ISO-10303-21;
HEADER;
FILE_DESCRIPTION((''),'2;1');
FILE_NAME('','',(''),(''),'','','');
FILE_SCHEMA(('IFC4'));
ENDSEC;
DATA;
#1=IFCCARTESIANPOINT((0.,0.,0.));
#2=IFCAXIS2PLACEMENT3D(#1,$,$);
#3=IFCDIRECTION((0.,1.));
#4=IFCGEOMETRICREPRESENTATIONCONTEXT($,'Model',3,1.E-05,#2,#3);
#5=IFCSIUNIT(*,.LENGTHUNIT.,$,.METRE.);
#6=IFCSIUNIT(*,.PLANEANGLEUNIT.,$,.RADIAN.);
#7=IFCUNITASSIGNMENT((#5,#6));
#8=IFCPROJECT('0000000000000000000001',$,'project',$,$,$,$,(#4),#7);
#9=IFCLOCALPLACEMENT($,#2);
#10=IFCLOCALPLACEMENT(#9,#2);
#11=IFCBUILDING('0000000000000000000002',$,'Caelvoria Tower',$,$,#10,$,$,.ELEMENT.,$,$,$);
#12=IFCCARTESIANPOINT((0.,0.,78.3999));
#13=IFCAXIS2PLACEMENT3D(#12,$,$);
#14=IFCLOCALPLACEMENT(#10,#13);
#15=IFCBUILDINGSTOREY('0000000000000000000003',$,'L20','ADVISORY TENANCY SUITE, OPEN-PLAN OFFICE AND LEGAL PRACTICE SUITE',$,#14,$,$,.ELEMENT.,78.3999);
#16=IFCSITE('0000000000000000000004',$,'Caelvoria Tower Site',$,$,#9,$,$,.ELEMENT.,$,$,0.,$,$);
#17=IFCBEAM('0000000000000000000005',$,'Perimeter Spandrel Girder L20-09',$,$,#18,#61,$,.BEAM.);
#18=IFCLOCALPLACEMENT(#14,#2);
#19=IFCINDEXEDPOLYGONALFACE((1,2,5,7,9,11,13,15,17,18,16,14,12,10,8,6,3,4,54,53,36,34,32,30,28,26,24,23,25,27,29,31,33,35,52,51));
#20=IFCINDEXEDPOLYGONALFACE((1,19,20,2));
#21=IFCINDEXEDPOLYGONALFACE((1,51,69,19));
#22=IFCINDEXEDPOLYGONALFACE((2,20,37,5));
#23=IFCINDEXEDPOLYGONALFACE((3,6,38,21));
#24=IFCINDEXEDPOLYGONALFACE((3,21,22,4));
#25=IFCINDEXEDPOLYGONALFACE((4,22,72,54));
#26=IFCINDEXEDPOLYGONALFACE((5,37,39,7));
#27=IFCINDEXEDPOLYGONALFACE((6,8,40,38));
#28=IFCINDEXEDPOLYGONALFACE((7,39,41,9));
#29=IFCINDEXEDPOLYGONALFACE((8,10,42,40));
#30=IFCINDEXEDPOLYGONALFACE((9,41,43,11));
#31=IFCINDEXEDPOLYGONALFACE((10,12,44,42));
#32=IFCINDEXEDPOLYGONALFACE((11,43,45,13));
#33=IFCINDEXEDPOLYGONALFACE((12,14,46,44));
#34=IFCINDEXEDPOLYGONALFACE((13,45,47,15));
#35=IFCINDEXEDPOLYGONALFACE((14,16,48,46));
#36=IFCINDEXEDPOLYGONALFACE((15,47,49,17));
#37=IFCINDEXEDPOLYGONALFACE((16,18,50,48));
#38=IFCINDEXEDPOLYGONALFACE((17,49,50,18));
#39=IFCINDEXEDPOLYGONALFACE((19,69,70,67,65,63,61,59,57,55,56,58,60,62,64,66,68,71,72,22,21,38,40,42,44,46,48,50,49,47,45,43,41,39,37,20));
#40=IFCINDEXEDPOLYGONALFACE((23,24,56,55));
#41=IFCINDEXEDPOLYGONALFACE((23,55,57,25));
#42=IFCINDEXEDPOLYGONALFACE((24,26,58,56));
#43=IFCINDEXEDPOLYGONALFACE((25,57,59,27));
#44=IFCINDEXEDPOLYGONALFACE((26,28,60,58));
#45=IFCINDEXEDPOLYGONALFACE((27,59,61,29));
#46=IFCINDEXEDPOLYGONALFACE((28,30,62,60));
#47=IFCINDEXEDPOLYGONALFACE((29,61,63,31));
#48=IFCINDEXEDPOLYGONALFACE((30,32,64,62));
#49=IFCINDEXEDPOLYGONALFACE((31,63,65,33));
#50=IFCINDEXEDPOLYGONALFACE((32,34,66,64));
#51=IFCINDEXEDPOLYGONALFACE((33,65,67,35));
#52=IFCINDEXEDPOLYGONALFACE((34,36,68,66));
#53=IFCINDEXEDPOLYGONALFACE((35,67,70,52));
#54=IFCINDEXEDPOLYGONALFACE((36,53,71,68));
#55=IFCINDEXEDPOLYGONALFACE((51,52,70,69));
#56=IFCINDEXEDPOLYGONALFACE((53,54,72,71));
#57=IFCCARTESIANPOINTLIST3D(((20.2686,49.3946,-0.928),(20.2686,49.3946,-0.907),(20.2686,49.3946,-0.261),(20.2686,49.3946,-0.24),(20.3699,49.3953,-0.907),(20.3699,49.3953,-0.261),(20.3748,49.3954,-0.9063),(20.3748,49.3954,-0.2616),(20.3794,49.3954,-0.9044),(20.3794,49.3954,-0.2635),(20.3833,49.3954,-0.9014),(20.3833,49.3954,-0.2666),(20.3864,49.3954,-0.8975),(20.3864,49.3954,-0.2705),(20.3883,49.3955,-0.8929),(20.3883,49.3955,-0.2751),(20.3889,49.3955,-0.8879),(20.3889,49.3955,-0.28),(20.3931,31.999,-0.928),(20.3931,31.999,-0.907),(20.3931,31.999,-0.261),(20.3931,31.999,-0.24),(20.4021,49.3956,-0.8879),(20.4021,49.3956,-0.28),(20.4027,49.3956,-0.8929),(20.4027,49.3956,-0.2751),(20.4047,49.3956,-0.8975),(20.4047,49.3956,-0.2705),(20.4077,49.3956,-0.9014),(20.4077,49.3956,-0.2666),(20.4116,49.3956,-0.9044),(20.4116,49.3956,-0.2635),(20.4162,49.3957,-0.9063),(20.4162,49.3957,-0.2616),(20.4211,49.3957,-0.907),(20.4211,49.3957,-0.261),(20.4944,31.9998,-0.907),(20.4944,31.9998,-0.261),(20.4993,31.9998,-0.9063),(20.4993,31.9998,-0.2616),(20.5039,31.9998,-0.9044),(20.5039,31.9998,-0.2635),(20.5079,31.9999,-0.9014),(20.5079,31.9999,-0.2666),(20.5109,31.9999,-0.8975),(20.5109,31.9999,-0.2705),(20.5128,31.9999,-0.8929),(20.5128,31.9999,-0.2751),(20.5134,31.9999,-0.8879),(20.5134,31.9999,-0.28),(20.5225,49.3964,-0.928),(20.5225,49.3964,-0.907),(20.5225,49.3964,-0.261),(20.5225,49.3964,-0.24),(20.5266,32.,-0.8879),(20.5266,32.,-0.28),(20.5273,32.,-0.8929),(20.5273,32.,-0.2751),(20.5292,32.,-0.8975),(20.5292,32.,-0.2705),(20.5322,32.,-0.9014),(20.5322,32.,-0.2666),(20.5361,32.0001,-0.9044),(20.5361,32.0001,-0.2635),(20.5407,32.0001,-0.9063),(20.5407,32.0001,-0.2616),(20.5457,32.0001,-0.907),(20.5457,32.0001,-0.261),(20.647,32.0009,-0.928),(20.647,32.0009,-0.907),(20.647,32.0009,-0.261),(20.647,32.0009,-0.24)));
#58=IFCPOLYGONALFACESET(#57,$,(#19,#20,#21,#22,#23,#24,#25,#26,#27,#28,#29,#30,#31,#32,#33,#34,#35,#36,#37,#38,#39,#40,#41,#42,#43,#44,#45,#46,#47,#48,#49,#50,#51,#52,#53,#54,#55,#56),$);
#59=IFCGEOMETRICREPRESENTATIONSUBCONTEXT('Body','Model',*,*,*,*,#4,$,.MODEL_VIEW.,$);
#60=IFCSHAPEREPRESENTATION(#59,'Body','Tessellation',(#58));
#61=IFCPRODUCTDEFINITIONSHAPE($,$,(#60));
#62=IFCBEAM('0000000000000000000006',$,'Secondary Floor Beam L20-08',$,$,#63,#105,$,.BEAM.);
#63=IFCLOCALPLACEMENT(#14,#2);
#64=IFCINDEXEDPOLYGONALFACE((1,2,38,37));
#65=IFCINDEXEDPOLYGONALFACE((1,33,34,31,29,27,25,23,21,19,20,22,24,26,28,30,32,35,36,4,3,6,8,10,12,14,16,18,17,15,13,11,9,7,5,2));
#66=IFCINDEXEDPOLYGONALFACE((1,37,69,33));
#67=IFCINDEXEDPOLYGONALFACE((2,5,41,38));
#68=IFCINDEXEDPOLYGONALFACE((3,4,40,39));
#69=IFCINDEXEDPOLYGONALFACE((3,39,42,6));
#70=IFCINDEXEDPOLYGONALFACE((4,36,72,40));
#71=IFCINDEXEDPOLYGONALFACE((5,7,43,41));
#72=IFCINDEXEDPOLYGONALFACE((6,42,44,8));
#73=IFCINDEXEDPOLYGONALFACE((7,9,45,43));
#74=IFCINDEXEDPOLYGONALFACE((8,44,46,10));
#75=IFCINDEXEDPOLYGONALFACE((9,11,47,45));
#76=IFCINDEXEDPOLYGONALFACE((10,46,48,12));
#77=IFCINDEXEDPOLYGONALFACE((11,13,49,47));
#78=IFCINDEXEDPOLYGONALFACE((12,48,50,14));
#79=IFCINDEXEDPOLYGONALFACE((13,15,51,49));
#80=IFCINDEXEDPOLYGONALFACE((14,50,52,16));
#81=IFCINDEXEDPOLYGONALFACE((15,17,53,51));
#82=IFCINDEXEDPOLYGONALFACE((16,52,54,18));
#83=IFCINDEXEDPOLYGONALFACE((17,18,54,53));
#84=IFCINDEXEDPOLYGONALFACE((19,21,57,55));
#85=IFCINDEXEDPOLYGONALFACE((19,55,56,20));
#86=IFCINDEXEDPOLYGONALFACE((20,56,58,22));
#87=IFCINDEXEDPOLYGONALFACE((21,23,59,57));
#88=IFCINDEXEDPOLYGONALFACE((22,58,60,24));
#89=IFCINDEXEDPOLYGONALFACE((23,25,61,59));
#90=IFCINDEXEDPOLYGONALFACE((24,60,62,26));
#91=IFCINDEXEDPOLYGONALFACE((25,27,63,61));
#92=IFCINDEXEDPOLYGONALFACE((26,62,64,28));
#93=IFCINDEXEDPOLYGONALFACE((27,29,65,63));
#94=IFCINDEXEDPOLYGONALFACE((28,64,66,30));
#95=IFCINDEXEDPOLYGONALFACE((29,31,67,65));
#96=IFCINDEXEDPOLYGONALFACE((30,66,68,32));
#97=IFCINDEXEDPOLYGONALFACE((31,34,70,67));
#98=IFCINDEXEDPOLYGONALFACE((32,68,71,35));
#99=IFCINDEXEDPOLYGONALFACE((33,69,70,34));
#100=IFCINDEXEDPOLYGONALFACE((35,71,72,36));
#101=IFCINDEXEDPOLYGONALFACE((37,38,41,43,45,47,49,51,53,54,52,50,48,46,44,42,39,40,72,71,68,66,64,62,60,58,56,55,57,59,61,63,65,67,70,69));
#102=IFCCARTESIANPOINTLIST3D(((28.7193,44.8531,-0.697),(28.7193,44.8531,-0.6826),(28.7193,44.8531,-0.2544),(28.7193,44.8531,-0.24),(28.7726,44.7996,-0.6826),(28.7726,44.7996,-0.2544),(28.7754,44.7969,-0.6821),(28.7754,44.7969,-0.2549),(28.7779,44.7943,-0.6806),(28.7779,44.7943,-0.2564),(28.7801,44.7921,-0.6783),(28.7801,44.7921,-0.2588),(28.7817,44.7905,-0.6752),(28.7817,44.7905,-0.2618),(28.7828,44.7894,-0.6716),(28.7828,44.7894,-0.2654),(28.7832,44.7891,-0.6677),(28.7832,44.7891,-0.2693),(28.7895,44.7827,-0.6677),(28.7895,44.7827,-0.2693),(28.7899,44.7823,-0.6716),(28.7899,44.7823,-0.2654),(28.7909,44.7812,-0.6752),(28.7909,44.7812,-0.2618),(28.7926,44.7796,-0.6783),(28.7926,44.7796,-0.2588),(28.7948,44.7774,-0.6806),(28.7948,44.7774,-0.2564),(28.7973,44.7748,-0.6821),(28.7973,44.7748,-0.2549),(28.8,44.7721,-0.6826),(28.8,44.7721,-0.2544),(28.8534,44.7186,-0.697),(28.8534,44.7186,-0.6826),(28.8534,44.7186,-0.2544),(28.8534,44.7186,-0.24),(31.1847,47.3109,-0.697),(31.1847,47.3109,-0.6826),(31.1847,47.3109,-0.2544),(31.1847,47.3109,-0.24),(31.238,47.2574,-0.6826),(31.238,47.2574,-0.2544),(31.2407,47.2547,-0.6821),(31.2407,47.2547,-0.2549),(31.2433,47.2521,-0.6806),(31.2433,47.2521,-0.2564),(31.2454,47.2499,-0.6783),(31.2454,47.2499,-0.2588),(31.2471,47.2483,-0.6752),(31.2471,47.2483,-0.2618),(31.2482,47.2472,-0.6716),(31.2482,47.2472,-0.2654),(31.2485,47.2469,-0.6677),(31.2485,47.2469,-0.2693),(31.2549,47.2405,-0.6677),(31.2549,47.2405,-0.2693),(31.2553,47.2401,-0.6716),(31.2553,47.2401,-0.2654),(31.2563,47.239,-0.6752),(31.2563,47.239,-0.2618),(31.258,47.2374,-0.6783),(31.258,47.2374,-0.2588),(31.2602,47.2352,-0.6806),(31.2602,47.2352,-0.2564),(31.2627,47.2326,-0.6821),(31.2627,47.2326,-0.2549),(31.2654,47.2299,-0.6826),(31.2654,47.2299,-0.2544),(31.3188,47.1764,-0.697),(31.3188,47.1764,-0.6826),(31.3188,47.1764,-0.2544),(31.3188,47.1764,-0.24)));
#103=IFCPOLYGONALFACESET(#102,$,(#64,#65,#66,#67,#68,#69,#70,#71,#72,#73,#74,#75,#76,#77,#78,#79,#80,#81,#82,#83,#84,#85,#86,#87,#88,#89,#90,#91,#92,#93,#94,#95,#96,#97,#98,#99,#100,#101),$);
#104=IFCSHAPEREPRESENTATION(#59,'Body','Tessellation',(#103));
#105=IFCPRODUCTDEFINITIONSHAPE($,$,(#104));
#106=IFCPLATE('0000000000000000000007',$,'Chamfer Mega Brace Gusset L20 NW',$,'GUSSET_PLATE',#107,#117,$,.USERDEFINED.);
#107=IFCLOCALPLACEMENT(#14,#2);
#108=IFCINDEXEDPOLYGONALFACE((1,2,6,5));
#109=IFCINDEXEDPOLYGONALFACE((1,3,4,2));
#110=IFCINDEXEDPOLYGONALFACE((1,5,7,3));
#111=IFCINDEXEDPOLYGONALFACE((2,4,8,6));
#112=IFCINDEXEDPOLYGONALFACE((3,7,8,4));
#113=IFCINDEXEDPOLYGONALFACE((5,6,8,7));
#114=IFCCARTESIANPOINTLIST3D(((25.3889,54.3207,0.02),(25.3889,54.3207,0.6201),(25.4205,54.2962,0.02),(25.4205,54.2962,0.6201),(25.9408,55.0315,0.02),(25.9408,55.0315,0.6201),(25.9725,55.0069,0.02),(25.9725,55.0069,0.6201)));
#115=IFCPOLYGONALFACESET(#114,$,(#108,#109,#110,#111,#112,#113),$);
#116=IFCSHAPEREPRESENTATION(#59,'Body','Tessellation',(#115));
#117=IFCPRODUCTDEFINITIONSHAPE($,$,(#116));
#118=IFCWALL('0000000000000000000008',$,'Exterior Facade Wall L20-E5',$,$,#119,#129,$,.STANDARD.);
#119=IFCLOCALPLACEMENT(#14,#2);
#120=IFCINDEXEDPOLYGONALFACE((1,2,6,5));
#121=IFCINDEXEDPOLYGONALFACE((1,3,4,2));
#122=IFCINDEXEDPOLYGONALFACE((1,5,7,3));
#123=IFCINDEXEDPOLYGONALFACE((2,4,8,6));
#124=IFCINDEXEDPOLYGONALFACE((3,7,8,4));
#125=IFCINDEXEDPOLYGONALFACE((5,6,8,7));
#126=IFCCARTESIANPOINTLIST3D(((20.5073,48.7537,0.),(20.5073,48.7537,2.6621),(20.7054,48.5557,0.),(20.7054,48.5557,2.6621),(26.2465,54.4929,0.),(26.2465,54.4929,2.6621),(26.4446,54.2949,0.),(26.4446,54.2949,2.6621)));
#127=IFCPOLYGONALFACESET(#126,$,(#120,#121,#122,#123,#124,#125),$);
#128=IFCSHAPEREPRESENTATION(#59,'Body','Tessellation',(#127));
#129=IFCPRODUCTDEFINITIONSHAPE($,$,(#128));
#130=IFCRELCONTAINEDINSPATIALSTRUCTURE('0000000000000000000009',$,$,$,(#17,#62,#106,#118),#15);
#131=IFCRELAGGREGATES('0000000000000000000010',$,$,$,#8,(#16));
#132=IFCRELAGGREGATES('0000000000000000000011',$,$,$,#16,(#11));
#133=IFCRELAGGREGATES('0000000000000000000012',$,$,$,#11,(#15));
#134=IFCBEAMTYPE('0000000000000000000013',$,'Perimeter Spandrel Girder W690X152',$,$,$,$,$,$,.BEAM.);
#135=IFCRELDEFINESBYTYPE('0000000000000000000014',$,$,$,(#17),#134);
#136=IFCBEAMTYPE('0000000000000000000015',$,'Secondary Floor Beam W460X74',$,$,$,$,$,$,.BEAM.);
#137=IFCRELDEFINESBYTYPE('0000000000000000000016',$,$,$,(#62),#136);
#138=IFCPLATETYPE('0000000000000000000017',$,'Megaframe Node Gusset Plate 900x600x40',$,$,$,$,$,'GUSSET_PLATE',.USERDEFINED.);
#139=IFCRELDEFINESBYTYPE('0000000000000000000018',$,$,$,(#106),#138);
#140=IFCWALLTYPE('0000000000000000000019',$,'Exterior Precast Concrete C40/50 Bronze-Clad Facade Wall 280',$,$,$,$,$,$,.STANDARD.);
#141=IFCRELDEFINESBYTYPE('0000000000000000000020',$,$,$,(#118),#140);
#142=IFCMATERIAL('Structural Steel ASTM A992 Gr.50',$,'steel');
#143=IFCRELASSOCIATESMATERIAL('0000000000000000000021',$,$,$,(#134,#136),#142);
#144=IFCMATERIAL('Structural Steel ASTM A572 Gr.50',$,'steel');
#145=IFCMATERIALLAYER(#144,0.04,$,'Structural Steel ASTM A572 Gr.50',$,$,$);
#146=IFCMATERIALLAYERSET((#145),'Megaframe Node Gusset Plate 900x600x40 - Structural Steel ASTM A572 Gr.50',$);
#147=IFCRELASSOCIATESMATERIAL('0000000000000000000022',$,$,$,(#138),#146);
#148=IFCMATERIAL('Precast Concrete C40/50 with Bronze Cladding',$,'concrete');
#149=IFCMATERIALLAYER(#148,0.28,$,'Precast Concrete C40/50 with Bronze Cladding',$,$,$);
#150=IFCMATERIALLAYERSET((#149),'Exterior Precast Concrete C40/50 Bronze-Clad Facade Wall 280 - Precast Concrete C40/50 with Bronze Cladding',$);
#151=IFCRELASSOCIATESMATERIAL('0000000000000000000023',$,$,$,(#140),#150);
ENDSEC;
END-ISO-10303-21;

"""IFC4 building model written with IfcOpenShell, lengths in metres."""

from ifc_helpers import new_model, si_unit, direction, frame, frame_2d, origin, origin_2d, place, context, subcontext, project, spatial, rectangle, i_section, extrude, material, layer, layer_set, material_profile, profile_set, type_object, element, save


model = new_model("IFC4")

# Units and contexts
model_context = context("Model", 3, precision=1e-05, world=origin(), true_north=direction((0.0, 1.0)))
body_context = subcontext(model_context, "Body", "Model", "MODEL_VIEW")
ifc_project = project(units=[si_unit("LENGTHUNIT", "METRE"), si_unit("PLANEANGLEUNIT", "RADIAN")], contexts=[model_context])

# Site, building, storey
site_placement = place(None, origin())
site = spatial("IfcSite", under=ifc_project, at=site_placement, Name="Caelvoria Tower Site", CompositionType="ELEMENT", RefElevation=0.0)
building_placement = place(site_placement, origin())
building = spatial("IfcBuilding", under=site, at=building_placement, Name="Caelvoria Tower", CompositionType="ELEMENT")
storey_placement = place(building_placement, frame((0.0, 0.0, 78.3999)))
storey = spatial("IfcBuildingStorey", under=building, at=storey_placement, Name="L20", Description="ADVISORY TENANCY SUITE, OPEN-PLAN OFFICE AND LEGAL PRACTICE SUITE", CompositionType="ELEMENT", Elevation=78.3999)

# Shared definitions
ifc_material_1 = material(Name="Structural Steel ASTM A572 Gr.50", Category="steel")

# Beams
ifc_material_2 = material(Name="Structural Steel ASTM A992 Gr.50", Category="steel")
ifc_material_profile_1 = material_profile(ifc_material_2, i_section(OverallWidth=0.2539, OverallDepth=0.688, WebThickness=0.0132, FlangeThickness=0.021, FilletRadius=0.019, at=origin_2d()), Name="Structural Steel ASTM A992 Gr.50")
ifc_profile_set_1 = profile_set([ifc_material_profile_1], Name="W690X152 - Structural Steel ASTM A992 Gr.50")
beam_type_1 = type_object("IfcBeamType", Name="Perimeter Spandrel Girder W690X152", PredefinedType="BEAM", material=ifc_profile_set_1)
beam_1_placement = place(storey_placement, frame((20.3955, 49.3955, -0.584), z_axis=(0.007158, -0.999974, 0.0), x_axis=(0.999974, 0.007158, 0.0)))
element("IfcBeam", 1, at=beam_1_placement, inside=storey, type_object=beam_type_1, Name="Perimeter Spandrel Girder L20-09", PredefinedType="BEAM", context=body_context, shape_type="SweptSolid", body=[
    extrude(i_section(OverallWidth=0.2539, OverallDepth=0.688, WebThickness=0.0132, FlangeThickness=0.021, FilletRadius=0.019, at=origin_2d()), origin(), (0.0, 0.0, 1.0), 17.396),
])
ifc_material_profile_2 = material_profile(ifc_material_2, i_section(OverallWidth=0.1899, OverallDepth=0.457, WebThickness=0.009, FlangeThickness=0.0144, FilletRadius=0.0149, at=origin_2d()), Name="Structural Steel ASTM A992 Gr.50")
ifc_profile_set_2 = profile_set([ifc_material_profile_2], Name="W460X74 - Structural Steel ASTM A992 Gr.50")
beam_type_2 = type_object("IfcBeamType", Name="Secondary Floor Beam W460X74", PredefinedType="BEAM", material=ifc_profile_set_2)
beam_2_placement = place(storey_placement, frame((31.2517, 47.2437, -0.4685), z_axis=(-0.708193, -0.706019, 0.0), x_axis=(0.706019, -0.708193, 0.0)))
element("IfcBeam", 2, at=beam_2_placement, inside=storey, type_object=beam_type_2, Name="Secondary Floor Beam L20-08", PredefinedType="BEAM", context=body_context, shape_type="SweptSolid", body=[
    extrude(i_section(OverallWidth=0.1899, OverallDepth=0.457, WebThickness=0.009, FlangeThickness=0.0144, FilletRadius=0.0149, at=origin_2d()), origin(), (0.0, 0.0, 1.0), 3.4812),
])

# Plate
ifc_layer_1 = layer(ifc_material_1, 0.04, Name="Structural Steel ASTM A572 Gr.50")
ifc_layer_set_1 = layer_set([ifc_layer_1], Name="Megaframe Node Gusset Plate 900x600x40 - Structural Steel ASTM A572 Gr.50")
plate_type = type_object("IfcPlateType", Name="Megaframe Node Gusset Plate 900x600x40", ElementType="GUSSET_PLATE", PredefinedType="USERDEFINED", material=ifc_layer_set_1)
plate_placement = place(storey_placement, frame((25.6807, 54.6638, 0.02), z_axis=(0.0, 0.0, 1.0), x_axis=(-0.613381, -0.789787, 0.0)))
element("IfcPlate", 3, at=plate_placement, inside=storey, type_object=plate_type, Name="Chamfer Mega Brace Gusset L20 NW", ObjectType="GUSSET_PLATE", PredefinedType="USERDEFINED", context=body_context, shape_type="SweptSolid", body=[
    extrude(rectangle(XDim=0.8999, YDim=0.04, at=origin_2d()), origin(), (0.0, 0.0, 1.0), 0.6001),
])

# Wall
ifc_material_3 = material(Name="Precast Concrete C40/50 with Bronze Cladding", Category="concrete")
ifc_layer_2 = layer(ifc_material_3, 0.28, Name="Precast Concrete C40/50 with Bronze Cladding")
ifc_layer_set_2 = layer_set([ifc_layer_2], Name="Exterior Precast Concrete C40/50 Bronze-Clad Facade Wall 280 - Precast Concrete C40/50 with Bronze Cladding")
wall_type = type_object("IfcWallType", Name="Exterior Precast Concrete C40/50 Bronze-Clad Facade Wall 280", PredefinedType="STANDARD", material=ifc_layer_set_2)
wall_1_placement = place(storey_placement, frame((26.3455, 54.3938, 0.0), z_axis=(0.0, 0.0, 1.0), x_axis=(-0.707107, -0.707107, 0.0)))
element("IfcWall", 4, at=wall_1_placement, inside=storey, type_object=wall_type, Name="Exterior Facade Wall L20-E5", PredefinedType="STANDARD", context=body_context, shape_type="SweptSolid", body=[
    extrude(rectangle(XDim=8.1165, YDim=0.28, at=frame_2d((4.0581, 0.0))), origin(), (0.0, 0.0, 1.0), 2.6621),
])

save(model, "model.ifc")
